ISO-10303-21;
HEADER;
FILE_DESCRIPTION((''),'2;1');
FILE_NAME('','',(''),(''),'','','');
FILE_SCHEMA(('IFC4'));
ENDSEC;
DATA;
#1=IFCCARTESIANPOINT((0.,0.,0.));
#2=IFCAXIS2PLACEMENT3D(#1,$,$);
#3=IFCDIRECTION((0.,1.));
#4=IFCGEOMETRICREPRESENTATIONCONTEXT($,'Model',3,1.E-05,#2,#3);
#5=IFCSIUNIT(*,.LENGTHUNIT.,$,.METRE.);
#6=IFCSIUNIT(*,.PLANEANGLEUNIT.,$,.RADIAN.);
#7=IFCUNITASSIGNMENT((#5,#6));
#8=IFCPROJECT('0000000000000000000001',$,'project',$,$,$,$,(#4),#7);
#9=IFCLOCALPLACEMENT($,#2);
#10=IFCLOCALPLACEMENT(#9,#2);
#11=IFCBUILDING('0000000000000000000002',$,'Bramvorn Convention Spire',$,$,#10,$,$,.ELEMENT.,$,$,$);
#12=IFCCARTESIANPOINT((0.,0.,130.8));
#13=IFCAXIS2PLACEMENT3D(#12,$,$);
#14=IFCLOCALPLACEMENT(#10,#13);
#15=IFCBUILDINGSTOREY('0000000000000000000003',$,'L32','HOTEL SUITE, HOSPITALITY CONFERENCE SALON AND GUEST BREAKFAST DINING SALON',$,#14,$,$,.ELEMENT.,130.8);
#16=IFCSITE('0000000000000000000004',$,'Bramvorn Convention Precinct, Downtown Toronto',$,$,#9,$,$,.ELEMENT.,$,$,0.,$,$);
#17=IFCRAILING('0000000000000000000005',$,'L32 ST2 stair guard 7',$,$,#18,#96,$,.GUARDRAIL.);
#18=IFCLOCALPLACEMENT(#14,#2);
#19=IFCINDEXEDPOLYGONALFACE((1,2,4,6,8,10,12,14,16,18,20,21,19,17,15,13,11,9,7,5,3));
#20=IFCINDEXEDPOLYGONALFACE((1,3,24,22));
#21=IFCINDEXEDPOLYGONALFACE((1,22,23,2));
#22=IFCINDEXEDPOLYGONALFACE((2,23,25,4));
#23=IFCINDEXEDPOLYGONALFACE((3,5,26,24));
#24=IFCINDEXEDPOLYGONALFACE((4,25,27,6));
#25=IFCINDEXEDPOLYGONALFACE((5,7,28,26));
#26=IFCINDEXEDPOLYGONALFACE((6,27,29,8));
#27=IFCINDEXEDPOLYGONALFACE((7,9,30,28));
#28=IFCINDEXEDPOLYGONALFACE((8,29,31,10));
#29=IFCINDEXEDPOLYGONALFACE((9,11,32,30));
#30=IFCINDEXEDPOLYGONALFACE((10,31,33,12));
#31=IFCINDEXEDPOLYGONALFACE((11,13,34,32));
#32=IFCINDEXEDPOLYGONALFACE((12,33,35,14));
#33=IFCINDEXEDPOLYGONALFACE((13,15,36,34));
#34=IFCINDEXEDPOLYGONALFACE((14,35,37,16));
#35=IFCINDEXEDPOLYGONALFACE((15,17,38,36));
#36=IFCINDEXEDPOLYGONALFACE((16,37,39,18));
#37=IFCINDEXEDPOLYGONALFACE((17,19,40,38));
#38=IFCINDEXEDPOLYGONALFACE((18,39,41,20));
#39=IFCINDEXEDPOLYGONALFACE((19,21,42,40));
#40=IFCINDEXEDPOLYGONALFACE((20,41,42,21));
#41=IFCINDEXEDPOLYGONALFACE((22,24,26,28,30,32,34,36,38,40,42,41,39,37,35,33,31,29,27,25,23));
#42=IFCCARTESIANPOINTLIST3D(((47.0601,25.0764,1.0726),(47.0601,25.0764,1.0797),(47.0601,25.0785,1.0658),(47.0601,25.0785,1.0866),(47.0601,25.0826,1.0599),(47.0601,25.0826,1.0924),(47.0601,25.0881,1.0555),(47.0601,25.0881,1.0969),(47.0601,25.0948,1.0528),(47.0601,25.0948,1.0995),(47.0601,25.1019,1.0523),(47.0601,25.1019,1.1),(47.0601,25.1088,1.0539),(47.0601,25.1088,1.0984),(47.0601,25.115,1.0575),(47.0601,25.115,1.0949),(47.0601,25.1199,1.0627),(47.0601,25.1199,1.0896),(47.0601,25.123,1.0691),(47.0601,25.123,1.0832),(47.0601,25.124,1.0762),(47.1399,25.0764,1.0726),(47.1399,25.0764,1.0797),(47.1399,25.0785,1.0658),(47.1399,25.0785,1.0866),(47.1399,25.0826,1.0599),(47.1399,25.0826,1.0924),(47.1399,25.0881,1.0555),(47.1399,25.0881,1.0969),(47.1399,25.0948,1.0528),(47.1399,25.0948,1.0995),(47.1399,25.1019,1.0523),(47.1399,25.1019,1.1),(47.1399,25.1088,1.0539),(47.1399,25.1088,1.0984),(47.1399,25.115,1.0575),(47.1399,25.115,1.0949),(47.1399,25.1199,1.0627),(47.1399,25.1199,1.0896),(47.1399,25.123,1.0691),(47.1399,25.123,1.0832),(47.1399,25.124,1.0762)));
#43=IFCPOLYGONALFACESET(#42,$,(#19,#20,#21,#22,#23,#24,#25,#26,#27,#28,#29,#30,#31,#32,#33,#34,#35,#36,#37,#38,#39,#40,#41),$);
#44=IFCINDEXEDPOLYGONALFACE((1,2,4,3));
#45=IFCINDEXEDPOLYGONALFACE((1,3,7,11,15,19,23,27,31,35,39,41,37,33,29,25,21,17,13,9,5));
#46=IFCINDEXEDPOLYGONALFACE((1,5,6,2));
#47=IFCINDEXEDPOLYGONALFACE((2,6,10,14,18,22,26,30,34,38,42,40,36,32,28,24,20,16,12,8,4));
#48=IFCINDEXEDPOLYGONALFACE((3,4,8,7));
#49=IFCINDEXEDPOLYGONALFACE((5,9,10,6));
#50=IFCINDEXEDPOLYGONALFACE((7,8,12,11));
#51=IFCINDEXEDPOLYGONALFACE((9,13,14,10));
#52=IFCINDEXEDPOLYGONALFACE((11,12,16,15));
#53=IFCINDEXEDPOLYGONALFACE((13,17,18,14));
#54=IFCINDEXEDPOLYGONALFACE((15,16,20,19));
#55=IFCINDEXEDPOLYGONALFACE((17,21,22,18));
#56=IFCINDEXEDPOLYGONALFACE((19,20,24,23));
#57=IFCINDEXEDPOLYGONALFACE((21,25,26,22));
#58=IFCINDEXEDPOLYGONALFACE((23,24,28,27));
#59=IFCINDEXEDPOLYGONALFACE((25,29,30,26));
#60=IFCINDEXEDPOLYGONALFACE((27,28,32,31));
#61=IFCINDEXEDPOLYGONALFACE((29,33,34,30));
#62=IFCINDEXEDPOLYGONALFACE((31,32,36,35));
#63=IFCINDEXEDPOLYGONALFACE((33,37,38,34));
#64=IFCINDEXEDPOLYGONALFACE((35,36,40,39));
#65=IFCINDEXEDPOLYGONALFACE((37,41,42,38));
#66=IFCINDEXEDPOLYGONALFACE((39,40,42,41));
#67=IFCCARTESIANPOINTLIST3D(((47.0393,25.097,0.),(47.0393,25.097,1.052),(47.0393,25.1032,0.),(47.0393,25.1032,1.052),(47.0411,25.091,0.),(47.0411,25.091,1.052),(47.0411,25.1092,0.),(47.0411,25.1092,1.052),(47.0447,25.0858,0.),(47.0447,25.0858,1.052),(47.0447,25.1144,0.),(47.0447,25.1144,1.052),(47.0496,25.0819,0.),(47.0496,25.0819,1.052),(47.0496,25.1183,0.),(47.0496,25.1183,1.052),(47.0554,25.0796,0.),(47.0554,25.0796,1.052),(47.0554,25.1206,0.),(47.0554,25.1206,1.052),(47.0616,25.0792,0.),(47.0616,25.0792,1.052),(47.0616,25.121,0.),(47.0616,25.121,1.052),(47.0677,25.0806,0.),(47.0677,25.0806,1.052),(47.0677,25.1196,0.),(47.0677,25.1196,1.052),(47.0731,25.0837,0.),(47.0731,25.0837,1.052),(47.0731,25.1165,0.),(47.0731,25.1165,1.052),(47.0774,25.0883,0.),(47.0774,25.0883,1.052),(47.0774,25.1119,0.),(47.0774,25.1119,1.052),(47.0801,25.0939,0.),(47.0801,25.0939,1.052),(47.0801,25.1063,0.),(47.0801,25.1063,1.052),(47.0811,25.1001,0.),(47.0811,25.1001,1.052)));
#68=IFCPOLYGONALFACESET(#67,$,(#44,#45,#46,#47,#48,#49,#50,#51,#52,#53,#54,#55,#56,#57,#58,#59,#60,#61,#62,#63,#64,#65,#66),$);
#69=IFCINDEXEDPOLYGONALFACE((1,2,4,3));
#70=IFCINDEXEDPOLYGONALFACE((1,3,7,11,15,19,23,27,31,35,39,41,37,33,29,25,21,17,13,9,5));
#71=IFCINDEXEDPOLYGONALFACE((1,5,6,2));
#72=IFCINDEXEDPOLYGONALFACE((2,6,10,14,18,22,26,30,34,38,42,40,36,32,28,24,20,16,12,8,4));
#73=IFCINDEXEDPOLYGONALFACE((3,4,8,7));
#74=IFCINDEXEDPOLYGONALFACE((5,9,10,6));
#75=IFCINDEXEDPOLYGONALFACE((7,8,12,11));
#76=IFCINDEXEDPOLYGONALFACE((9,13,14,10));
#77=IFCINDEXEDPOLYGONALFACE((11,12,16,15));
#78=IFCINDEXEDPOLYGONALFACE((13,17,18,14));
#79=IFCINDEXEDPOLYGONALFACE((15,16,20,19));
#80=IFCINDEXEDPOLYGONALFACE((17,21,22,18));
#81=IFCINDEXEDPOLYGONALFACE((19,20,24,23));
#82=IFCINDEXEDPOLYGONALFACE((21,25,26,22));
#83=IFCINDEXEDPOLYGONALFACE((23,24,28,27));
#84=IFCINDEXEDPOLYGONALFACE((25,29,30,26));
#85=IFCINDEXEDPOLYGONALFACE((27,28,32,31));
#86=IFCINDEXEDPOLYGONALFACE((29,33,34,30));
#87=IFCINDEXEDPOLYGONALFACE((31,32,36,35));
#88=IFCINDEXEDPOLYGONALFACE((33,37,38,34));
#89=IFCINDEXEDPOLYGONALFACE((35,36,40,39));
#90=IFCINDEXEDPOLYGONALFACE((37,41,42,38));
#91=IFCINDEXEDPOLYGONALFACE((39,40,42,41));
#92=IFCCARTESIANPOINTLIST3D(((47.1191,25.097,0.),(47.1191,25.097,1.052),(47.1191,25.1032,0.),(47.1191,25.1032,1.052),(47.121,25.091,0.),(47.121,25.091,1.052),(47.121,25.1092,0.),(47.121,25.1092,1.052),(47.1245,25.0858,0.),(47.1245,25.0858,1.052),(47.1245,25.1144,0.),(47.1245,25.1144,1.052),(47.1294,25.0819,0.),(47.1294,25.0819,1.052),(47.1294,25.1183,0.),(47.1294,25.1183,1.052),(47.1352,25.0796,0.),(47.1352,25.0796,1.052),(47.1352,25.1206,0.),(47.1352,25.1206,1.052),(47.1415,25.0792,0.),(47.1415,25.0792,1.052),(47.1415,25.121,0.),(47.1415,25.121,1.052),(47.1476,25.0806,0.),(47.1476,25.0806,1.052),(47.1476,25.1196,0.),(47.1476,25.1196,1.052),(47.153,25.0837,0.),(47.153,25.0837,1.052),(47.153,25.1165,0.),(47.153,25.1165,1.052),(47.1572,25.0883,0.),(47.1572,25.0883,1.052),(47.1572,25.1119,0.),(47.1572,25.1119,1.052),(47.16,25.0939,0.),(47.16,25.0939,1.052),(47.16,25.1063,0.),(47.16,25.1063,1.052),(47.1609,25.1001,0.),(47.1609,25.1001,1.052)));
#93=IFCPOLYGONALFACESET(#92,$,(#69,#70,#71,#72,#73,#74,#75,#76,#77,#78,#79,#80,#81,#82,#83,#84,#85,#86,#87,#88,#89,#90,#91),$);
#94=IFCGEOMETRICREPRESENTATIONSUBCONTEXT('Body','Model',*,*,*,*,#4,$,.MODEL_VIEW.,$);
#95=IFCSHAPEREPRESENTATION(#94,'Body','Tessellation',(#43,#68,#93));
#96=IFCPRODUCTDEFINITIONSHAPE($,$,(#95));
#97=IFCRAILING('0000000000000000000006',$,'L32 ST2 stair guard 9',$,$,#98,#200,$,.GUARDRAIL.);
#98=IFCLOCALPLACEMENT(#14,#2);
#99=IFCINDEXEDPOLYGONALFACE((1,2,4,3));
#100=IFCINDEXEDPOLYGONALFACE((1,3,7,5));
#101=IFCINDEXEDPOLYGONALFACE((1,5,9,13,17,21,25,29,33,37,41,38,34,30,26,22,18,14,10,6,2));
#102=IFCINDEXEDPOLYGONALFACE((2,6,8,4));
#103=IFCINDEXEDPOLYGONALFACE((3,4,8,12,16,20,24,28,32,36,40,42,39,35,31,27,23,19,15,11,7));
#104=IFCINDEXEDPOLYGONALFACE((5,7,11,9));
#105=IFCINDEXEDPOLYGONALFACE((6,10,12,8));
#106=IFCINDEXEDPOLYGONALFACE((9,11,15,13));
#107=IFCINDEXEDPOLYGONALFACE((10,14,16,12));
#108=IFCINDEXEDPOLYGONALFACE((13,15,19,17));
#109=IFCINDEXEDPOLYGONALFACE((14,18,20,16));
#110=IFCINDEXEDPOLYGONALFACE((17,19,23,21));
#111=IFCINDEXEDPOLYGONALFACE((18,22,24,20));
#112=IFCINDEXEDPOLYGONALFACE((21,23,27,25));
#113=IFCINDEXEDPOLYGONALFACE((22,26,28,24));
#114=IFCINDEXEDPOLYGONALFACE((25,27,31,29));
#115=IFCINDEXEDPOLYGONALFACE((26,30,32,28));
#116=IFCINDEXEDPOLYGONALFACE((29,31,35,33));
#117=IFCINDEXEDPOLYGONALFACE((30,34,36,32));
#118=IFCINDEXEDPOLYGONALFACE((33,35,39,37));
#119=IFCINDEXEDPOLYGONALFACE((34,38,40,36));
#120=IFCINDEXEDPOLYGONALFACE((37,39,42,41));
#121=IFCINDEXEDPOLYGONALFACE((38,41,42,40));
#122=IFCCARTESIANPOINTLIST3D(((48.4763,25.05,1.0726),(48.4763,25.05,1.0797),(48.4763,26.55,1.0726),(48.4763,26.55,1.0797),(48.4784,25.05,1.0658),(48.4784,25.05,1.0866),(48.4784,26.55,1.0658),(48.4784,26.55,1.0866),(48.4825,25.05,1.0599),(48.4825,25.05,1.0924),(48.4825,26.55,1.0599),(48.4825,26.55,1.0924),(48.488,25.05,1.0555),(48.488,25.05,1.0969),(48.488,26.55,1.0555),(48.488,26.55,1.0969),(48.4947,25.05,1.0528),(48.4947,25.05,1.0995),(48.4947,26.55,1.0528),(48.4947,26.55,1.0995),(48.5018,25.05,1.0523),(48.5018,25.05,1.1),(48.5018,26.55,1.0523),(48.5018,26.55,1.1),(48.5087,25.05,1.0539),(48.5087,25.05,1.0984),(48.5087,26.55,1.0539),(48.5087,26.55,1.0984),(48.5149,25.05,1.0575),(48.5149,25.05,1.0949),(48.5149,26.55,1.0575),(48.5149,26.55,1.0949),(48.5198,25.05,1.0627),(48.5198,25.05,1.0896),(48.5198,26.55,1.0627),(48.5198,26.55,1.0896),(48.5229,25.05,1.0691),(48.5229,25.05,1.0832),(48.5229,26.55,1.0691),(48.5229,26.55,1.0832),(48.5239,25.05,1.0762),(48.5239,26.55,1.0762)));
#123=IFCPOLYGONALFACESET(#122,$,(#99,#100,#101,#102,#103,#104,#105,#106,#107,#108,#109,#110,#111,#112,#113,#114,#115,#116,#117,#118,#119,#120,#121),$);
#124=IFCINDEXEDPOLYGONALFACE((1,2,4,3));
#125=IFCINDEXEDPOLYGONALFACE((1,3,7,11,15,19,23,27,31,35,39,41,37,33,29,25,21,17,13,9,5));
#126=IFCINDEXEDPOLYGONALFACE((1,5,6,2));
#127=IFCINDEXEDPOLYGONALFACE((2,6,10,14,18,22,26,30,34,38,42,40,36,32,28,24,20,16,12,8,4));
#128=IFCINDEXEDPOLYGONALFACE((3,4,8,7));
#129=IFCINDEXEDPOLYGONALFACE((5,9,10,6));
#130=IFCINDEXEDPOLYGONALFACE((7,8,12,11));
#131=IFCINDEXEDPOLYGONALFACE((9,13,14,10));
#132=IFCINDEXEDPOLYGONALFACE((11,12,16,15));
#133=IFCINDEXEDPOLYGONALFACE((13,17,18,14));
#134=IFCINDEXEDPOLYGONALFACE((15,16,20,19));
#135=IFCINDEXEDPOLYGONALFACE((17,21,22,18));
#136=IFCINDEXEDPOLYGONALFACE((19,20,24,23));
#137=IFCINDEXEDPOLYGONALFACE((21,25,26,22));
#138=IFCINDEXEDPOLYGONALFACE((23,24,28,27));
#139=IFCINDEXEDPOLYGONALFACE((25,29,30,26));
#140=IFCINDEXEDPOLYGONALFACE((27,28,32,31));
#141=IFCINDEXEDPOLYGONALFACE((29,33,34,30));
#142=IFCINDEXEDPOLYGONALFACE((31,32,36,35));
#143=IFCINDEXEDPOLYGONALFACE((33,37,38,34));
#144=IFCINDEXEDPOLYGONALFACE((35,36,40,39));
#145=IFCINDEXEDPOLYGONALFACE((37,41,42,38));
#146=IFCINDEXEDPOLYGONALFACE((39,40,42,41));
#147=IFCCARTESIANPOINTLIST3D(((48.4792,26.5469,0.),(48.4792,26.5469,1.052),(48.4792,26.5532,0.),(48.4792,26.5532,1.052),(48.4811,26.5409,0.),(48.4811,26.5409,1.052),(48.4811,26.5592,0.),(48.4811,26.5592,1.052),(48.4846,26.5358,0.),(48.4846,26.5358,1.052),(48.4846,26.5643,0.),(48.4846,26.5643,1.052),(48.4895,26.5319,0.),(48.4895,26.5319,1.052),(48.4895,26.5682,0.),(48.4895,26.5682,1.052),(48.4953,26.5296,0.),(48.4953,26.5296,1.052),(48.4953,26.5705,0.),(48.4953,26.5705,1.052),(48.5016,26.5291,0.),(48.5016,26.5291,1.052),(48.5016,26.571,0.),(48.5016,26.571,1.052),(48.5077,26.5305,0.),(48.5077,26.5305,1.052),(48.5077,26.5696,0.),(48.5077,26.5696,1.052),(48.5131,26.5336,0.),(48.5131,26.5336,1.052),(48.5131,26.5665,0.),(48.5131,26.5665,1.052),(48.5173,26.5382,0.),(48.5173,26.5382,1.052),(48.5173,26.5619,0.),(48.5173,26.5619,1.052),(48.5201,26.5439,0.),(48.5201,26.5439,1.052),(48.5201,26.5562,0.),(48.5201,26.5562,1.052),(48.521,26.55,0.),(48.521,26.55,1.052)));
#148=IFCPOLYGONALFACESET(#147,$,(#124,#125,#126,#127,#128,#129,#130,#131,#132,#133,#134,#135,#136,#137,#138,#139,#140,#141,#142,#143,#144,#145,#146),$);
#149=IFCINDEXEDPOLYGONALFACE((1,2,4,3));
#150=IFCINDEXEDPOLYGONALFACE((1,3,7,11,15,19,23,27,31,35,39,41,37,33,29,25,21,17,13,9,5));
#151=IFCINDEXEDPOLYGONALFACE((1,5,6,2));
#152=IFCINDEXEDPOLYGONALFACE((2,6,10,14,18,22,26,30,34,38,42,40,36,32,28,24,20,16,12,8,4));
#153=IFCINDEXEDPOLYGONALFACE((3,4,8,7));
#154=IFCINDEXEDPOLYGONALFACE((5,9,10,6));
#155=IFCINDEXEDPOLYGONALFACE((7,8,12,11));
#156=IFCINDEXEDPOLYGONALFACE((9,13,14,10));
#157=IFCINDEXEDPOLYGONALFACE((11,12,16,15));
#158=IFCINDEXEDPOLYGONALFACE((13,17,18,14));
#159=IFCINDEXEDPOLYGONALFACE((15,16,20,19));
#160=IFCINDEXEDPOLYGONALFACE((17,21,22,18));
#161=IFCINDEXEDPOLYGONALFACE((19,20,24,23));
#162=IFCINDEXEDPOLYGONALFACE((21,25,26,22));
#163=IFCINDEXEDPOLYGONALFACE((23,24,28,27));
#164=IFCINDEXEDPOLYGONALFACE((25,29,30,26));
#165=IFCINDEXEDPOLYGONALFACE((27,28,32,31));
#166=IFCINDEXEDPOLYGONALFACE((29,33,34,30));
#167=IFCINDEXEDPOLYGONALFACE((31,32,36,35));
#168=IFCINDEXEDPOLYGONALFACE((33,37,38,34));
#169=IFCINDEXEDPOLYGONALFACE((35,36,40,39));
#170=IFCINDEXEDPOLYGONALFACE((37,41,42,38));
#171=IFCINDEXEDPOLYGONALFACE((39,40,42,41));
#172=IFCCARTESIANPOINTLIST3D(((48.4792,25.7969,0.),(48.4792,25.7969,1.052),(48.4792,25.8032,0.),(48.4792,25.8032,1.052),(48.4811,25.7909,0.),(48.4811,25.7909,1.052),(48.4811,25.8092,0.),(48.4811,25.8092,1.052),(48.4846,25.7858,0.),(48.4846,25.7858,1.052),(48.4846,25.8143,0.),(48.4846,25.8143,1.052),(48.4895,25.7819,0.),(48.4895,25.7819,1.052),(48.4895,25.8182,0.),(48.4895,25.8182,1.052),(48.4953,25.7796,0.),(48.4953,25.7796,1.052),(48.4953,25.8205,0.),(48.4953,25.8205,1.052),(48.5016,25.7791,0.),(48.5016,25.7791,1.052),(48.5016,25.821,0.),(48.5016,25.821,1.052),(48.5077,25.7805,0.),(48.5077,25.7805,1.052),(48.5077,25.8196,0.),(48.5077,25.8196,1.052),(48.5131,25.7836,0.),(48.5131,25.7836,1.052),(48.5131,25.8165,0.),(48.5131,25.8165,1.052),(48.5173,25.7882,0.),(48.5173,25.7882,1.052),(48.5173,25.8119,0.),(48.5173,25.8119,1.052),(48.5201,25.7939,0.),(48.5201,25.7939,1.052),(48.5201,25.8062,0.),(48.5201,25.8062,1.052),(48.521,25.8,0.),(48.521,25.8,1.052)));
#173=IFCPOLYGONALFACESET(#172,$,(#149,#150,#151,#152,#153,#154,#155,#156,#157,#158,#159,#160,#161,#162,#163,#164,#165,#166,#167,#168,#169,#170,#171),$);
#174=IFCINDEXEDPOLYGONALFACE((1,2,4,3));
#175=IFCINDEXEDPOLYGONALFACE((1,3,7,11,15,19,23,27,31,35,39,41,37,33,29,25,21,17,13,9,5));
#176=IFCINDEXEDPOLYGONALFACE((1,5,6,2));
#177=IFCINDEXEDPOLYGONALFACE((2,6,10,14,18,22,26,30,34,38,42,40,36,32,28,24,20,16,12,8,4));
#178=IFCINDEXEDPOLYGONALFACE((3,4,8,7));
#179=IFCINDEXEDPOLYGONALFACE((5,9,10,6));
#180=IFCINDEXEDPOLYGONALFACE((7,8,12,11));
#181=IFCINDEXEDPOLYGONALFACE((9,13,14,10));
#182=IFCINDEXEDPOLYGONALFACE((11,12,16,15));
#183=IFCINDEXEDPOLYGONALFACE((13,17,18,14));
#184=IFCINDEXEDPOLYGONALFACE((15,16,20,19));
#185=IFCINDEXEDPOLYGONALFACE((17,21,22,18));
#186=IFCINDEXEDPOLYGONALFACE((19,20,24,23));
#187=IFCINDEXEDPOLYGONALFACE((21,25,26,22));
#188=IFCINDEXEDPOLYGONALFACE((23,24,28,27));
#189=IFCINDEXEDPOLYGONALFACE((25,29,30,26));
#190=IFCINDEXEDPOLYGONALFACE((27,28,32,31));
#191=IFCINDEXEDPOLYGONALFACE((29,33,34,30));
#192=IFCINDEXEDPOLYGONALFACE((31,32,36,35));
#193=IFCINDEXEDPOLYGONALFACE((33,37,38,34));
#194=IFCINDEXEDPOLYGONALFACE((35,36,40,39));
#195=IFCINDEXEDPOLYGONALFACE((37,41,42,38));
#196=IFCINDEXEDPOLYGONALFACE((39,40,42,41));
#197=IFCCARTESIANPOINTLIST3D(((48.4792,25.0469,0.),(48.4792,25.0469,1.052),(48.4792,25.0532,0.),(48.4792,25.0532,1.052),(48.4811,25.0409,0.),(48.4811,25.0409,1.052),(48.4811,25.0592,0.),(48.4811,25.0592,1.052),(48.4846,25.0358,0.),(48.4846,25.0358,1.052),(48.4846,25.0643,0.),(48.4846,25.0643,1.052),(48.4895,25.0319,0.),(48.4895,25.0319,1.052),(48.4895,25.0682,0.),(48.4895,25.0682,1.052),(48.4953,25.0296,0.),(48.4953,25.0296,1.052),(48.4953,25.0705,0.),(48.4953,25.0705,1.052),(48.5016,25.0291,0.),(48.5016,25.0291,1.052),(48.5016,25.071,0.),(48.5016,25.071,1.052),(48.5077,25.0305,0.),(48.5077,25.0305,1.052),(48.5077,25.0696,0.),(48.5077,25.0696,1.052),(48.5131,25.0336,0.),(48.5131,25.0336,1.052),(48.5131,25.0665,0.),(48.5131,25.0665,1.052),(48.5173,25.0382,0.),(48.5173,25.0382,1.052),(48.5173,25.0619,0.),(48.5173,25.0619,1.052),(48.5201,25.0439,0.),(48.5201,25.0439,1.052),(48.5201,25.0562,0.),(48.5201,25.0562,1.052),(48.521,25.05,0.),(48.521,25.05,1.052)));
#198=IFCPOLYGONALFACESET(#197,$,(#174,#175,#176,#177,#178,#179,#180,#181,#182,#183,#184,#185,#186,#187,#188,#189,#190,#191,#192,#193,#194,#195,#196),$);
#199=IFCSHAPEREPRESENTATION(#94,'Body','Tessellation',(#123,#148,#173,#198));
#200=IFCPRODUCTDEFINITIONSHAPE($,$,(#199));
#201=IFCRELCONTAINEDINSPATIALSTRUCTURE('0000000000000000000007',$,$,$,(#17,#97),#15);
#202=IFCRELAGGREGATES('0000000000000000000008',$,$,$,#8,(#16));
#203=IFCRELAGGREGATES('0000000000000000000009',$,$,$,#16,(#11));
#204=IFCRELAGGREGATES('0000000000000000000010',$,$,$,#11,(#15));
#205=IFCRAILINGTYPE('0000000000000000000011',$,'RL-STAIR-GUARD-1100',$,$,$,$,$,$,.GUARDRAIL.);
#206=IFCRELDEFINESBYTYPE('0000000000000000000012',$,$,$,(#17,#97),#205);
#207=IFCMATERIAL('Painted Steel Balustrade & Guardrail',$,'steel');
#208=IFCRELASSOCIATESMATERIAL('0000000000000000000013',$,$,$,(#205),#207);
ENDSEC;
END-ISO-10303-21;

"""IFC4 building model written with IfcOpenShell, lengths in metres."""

from ifc_helpers import new_model, si_unit, direction, frame, origin, origin_2d, place, context, subcontext, project, spatial, circle, extrude, material, type_object, element, save


model = new_model("IFC4")

# Units and contexts
model_context = context("Model", 3, precision=1e-05, world=origin(), true_north=direction((0.0, 1.0)))
body_context = subcontext(model_context, "Body", "Model", "MODEL_VIEW")
ifc_project = project(units=[si_unit("LENGTHUNIT", "METRE"), si_unit("PLANEANGLEUNIT", "RADIAN")], contexts=[model_context])

# Site, building, storey
site_placement = place(None, origin())
site = spatial("IfcSite", under=ifc_project, at=site_placement, Name="Bramvorn Convention Precinct, Downtown Toronto", CompositionType="ELEMENT", RefElevation=0.0)
building_placement = place(site_placement, origin())
building = spatial("IfcBuilding", under=site, at=building_placement, Name="Bramvorn Convention Spire", CompositionType="ELEMENT")
storey_placement = place(building_placement, frame((0.0, 0.0, 130.8)))
storey = spatial("IfcBuildingStorey", under=building, at=storey_placement, Name="L32", Description="HOTEL SUITE, HOSPITALITY CONFERENCE SALON AND GUEST BREAKFAST DINING SALON", CompositionType="ELEMENT", Elevation=130.8)

# Railings
ifc_material_1 = material(Name="Painted Steel Balustrade & Guardrail", Category="steel")
railing_type_1 = type_object("IfcRailingType", Name="RL-STAIR-GUARD-1100", PredefinedType="GUARDRAIL", material=ifc_material_1)
railing_1_placement = place(storey_placement, frame((47.0601, 25.1001, 0.0)))
element("IfcRailing", 1, at=railing_1_placement, inside=storey, type_object=railing_type_1, Name="L32 ST2 stair guard 7", PredefinedType="GUARDRAIL", context=body_context, shape_type="SweptSolid", body=[
    extrude(circle(Radius=0.0239, at=origin_2d()), frame((0.0, 0.0, 1.0762), z_axis=(1.0, 0.0, 0.0), x_axis=(0.0, 1.0, 0.0)), (0.0, 0.0, 1.0), 0.0798),
    extrude(circle(Radius=0.021, at=origin_2d()), origin(), (0.0, 0.0, 1.0), 1.052),
    extrude(circle(Radius=0.021, at=origin_2d()), frame((0.0798, 0.0, 0.0)), (0.0, 0.0, 1.0), 1.052),
])
railing_2_placement = place(storey_placement, frame((48.5, 26.55, 0.0)))
element("IfcRailing", 2, at=railing_2_placement, inside=storey, type_object=railing_type_1, Name="L32 ST2 stair guard 9", PredefinedType="GUARDRAIL", context=body_context, shape_type="SweptSolid", body=[
    extrude(circle(Radius=0.0239, at=origin_2d()), frame((0.0, 0.0, 1.0762), z_axis=(0.0, -1.0, 0.0), x_axis=(1.0, 0.0, 0.0)), (0.0, 0.0, 1.0), 1.5),
    extrude(circle(Radius=0.021, at=origin_2d()), origin(), (0.0, 0.0, 1.0), 1.052),
    extrude(circle(Radius=0.021, at=origin_2d()), frame((0.0, -0.75, 0.0)), (0.0, 0.0, 1.0), 1.052),
    extrude(circle(Radius=0.021, at=origin_2d()), frame((0.0, -1.5, 0.0)), (0.0, 0.0, 1.0), 1.052),
])

save(model, "model.ifc")
